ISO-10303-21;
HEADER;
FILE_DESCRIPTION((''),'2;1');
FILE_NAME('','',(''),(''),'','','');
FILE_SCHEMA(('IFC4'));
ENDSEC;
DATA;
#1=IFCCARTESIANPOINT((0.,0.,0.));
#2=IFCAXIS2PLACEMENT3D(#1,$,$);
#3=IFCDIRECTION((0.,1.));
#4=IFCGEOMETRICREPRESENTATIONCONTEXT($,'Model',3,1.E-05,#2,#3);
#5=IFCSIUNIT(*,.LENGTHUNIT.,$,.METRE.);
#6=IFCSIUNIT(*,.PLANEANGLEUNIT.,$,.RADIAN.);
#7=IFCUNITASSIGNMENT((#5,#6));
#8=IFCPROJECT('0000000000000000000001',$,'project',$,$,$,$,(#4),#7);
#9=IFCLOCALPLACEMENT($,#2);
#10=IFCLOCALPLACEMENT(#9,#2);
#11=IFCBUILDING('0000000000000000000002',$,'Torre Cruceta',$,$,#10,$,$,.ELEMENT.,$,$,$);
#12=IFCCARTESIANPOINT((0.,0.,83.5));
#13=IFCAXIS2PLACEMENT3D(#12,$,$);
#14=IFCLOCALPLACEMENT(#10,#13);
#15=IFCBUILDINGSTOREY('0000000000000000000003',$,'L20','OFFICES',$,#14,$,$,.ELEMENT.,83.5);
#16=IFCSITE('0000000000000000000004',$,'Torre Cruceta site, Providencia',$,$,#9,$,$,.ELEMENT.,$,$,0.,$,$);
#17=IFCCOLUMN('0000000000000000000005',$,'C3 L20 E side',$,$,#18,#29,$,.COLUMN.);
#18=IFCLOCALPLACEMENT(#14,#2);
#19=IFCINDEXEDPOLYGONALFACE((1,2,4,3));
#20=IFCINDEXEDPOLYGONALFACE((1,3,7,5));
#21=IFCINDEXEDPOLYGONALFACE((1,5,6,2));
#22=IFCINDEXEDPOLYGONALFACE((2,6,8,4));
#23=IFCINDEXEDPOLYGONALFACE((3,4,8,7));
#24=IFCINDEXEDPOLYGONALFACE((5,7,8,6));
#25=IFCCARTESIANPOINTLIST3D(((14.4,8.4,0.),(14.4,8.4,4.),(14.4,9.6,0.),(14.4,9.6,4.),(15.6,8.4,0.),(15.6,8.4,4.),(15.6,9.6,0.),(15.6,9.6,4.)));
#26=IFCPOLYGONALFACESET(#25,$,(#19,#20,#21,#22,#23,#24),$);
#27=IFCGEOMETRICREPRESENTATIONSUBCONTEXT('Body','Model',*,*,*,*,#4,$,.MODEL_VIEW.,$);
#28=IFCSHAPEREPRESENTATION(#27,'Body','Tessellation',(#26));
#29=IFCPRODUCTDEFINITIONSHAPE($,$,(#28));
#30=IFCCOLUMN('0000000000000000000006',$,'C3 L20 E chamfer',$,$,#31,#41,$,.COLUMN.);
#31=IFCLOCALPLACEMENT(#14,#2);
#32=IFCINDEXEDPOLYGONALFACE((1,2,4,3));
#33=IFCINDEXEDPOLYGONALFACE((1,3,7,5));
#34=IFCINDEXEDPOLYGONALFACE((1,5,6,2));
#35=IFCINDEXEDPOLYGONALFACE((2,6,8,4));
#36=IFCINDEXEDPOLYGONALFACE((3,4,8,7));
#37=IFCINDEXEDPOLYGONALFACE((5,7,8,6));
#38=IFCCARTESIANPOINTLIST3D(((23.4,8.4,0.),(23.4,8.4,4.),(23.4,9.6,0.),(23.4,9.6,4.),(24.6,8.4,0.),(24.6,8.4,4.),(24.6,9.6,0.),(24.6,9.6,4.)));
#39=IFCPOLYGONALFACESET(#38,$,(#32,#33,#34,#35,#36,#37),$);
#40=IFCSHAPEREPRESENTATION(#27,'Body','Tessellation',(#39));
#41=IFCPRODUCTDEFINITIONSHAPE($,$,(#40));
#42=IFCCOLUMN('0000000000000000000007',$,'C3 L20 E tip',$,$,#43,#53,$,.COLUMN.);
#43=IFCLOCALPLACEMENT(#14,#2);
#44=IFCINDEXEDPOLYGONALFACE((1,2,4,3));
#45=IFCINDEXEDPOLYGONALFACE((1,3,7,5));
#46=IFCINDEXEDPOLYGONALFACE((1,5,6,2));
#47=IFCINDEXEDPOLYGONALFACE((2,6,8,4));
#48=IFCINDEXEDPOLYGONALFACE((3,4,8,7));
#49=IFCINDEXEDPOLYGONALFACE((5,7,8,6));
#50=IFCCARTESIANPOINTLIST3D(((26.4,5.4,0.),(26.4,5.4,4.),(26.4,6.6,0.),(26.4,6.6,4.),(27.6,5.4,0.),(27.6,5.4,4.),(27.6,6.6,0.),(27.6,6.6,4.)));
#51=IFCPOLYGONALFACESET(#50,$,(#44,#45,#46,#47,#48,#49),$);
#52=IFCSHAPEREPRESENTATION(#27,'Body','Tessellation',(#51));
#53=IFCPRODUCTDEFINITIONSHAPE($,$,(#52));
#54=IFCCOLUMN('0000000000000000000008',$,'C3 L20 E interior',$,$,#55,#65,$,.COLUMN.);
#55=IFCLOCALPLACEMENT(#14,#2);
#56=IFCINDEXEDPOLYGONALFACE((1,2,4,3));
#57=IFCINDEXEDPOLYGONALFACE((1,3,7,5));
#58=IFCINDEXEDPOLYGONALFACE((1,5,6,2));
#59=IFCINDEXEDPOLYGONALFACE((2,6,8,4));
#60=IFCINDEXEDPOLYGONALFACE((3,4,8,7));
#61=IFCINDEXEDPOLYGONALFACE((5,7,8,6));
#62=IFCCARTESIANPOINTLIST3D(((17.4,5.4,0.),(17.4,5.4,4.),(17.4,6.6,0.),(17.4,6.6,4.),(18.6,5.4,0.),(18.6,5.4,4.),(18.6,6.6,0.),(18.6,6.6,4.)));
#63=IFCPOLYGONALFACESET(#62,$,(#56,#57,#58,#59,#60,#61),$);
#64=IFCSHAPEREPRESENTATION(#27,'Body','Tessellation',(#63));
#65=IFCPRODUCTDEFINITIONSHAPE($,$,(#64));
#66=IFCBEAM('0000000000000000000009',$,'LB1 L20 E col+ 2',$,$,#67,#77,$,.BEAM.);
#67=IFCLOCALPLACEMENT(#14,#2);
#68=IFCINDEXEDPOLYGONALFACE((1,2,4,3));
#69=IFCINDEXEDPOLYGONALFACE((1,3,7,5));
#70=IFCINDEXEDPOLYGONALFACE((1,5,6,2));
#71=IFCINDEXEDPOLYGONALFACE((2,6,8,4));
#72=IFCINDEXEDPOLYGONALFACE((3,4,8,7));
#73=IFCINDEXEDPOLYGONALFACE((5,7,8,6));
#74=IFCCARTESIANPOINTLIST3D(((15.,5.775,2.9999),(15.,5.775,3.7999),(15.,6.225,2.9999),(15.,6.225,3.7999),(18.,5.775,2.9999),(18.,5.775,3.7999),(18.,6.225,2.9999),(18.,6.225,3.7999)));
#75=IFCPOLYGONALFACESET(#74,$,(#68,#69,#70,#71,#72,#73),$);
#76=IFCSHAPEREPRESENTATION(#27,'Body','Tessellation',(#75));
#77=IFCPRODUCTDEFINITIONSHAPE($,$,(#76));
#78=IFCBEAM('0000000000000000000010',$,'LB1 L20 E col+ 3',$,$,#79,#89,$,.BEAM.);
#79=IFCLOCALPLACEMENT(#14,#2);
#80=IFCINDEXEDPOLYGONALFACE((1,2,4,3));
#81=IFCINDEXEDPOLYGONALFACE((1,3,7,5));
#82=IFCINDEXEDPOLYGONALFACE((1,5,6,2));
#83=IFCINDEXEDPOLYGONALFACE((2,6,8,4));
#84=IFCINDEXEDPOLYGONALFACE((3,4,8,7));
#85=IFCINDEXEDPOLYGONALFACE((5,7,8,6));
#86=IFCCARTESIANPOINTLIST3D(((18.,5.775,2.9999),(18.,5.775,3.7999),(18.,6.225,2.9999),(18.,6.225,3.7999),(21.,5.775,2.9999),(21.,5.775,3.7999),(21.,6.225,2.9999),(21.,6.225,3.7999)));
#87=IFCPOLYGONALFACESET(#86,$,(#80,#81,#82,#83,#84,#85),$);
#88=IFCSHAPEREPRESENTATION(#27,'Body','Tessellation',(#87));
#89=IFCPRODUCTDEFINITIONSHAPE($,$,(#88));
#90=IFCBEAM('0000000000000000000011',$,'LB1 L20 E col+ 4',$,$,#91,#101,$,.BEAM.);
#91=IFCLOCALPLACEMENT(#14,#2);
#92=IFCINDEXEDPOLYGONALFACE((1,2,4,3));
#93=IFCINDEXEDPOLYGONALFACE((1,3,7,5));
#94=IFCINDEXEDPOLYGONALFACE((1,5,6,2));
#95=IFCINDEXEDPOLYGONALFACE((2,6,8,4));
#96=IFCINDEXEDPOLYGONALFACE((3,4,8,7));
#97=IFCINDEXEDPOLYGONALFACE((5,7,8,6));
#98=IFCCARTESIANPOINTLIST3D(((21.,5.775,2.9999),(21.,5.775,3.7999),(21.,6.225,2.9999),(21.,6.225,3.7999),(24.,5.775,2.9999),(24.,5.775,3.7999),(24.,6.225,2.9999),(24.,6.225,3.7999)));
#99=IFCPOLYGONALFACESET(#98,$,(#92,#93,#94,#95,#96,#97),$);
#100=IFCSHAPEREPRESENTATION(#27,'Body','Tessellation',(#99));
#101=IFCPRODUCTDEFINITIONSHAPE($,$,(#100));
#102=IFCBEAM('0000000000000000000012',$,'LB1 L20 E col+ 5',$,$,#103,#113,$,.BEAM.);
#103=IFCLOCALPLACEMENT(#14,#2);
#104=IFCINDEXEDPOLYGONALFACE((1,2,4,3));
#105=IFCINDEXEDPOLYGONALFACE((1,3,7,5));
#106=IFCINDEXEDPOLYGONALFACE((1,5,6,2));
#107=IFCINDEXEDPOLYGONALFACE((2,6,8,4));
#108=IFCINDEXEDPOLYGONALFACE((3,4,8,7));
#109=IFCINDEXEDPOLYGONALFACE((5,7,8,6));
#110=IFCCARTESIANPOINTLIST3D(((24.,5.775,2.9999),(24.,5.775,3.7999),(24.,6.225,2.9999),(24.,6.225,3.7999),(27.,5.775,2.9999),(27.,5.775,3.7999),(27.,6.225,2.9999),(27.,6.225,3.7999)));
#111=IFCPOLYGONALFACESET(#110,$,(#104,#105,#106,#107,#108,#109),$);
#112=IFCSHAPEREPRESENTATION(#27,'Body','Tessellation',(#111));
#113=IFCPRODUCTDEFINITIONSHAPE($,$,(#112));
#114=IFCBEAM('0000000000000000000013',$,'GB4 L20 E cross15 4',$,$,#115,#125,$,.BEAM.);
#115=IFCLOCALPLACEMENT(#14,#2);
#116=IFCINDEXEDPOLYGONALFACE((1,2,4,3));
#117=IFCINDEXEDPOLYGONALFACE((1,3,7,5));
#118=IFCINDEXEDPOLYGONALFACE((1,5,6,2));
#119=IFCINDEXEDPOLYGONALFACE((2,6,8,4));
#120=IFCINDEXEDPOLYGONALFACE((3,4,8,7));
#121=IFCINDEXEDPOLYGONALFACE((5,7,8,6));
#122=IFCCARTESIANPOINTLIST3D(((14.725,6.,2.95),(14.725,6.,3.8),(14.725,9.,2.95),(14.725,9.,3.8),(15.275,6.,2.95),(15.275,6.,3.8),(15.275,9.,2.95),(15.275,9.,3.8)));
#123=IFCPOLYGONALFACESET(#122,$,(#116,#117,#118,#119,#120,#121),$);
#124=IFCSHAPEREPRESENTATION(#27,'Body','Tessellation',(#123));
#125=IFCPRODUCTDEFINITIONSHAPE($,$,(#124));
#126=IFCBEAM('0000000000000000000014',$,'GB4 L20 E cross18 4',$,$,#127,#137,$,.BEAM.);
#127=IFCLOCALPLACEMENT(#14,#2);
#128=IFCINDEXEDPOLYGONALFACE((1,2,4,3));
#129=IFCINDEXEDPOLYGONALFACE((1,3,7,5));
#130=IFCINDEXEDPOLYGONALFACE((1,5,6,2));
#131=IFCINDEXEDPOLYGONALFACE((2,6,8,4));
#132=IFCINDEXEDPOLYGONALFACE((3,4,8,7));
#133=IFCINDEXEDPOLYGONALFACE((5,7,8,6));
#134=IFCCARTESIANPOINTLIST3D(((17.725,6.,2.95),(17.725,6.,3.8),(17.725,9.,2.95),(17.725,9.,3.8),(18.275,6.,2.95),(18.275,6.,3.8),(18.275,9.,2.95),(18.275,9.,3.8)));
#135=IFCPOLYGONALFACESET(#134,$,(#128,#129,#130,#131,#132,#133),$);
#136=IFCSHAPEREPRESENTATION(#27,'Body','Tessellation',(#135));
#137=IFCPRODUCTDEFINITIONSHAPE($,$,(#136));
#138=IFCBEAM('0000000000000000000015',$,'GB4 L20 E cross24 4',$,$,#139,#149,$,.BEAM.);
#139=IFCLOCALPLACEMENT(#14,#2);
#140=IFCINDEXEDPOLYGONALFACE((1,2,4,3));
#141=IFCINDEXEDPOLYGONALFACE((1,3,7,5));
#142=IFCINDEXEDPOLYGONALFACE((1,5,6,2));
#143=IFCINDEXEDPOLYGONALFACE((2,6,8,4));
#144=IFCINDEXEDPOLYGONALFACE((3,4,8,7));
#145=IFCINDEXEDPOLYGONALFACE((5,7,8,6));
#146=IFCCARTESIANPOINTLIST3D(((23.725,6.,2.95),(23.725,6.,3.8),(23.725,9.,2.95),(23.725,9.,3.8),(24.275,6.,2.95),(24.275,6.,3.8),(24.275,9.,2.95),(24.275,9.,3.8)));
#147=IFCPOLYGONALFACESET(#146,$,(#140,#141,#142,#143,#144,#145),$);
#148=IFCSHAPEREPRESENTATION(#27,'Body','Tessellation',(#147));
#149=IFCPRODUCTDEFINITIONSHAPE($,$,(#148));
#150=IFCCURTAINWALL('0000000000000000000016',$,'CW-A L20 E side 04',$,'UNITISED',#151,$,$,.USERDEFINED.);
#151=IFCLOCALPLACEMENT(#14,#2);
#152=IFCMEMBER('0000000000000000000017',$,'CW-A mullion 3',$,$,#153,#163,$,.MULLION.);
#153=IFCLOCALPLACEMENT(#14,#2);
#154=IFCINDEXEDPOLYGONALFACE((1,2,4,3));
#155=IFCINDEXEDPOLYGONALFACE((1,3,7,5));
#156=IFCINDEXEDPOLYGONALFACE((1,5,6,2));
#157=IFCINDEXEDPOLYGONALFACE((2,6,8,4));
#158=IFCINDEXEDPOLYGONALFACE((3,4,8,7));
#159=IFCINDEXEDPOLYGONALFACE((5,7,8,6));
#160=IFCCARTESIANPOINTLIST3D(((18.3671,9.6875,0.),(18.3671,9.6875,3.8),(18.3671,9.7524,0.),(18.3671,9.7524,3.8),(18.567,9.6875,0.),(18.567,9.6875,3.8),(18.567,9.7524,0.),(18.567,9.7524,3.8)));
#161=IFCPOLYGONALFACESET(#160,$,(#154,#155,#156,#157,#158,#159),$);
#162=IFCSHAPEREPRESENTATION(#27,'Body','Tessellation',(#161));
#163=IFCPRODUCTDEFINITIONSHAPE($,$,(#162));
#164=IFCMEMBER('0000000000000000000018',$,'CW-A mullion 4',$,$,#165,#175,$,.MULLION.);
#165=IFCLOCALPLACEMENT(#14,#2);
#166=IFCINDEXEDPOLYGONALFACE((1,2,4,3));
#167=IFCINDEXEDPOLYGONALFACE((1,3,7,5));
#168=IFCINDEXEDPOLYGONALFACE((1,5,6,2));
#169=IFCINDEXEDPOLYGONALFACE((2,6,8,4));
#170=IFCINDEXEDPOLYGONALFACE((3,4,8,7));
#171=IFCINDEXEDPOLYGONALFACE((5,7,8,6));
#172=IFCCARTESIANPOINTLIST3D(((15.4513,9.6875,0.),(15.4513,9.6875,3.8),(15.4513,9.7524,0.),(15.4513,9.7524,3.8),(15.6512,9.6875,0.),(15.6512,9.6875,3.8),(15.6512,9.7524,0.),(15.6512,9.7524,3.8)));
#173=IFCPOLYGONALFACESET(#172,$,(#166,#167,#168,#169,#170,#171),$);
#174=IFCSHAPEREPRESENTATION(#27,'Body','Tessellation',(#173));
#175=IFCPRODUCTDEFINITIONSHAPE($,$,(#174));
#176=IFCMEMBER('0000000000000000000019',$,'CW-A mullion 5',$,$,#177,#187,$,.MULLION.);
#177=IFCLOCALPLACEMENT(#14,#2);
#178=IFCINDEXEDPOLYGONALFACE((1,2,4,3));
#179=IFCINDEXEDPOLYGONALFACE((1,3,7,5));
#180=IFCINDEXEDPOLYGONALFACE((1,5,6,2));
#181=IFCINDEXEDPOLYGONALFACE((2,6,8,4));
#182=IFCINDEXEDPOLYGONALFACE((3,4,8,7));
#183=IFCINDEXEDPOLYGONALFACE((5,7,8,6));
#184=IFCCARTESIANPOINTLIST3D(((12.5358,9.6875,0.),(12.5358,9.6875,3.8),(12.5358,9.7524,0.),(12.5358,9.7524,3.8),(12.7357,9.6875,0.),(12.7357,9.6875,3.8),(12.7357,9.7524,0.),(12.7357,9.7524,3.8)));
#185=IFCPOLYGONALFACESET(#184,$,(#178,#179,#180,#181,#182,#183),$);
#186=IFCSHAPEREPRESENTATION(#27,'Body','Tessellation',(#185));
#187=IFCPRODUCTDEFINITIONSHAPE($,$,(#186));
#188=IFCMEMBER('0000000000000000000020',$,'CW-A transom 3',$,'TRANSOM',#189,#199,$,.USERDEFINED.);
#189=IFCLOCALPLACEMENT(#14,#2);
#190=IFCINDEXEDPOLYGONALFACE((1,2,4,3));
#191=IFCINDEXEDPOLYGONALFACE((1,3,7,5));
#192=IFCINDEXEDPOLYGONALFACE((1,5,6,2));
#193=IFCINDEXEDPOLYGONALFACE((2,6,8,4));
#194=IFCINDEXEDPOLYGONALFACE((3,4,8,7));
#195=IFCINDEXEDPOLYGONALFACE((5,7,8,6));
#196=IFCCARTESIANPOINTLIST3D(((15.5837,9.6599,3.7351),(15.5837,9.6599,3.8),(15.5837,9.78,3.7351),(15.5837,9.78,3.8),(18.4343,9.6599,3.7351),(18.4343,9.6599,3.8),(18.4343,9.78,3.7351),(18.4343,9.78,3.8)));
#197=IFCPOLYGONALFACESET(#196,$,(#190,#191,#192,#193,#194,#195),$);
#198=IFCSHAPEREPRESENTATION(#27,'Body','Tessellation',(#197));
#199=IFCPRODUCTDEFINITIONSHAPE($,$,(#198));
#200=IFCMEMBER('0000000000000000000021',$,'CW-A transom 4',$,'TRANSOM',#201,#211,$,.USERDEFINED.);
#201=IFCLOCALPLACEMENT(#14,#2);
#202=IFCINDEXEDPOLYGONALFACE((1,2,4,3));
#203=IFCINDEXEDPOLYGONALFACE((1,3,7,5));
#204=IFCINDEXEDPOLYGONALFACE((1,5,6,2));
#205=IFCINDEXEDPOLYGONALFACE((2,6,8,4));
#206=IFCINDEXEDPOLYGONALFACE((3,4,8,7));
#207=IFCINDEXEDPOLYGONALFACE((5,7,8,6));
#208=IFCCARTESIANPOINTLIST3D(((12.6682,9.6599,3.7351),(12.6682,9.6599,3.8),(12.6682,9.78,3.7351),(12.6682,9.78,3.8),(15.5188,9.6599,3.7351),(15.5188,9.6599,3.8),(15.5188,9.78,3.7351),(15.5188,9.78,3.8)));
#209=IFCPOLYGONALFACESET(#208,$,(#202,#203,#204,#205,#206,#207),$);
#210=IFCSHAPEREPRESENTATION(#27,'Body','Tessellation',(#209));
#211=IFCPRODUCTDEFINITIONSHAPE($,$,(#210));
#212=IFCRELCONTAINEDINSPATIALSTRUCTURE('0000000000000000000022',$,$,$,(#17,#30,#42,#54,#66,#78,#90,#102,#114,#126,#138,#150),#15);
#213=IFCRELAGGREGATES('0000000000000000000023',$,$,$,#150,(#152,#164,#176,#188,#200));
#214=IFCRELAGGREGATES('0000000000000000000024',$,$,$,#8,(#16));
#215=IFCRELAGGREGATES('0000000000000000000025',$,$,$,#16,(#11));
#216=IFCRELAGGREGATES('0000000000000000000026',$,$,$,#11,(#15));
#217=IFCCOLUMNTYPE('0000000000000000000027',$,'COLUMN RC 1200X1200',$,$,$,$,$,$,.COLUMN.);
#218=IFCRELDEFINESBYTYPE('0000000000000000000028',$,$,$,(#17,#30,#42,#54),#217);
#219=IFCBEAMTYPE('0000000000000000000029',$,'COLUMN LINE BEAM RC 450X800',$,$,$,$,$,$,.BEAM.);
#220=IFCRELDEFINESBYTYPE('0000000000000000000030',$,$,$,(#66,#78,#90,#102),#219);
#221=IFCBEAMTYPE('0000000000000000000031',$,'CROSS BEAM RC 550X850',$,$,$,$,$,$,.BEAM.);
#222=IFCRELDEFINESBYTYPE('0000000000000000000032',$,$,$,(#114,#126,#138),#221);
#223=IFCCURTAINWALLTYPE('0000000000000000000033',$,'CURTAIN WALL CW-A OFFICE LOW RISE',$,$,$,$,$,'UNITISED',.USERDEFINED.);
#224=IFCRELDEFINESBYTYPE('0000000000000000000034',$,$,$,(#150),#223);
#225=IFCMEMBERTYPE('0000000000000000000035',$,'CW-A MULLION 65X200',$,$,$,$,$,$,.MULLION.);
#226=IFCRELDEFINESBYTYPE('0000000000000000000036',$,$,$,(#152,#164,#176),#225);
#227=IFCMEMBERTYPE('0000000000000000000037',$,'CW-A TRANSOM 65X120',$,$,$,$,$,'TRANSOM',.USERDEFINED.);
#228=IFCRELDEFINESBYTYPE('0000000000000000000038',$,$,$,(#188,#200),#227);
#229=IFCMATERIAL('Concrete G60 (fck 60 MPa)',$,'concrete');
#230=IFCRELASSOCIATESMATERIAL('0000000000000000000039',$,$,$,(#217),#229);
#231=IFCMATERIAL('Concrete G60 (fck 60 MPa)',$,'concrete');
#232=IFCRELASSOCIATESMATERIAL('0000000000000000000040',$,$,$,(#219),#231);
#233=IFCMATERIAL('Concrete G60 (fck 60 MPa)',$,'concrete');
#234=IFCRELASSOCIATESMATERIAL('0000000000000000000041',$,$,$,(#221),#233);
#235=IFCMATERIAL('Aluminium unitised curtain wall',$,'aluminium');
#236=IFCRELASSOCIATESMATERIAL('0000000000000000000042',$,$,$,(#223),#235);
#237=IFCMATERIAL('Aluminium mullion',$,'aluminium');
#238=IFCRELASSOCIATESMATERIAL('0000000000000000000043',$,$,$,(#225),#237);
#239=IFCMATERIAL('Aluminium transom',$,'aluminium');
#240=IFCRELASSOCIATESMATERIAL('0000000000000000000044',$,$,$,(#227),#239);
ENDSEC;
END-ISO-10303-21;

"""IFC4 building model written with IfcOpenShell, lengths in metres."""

from ifc_helpers import new_model, si_unit, direction, frame, origin, origin_2d, place, context, subcontext, project, spatial, rectangle, extrude, material, material_profile, profile_set, type_object, element, aggregate, save


model = new_model("IFC4")

# Units and contexts
model_context = context("Model", 3, precision=1e-05, world=origin(), true_north=direction((0.0, 1.0)))
body_context = subcontext(model_context, "Body", "Model", "MODEL_VIEW")
ifc_project = project(units=[si_unit("LENGTHUNIT", "METRE"), si_unit("PLANEANGLEUNIT", "RADIAN")], contexts=[model_context])

# Site, building, storey
site_placement = place(None, origin())
site = spatial("IfcSite", under=ifc_project, at=site_placement, Name="Torre Cruceta site, Providencia", CompositionType="ELEMENT", RefElevation=0.0)
building_placement = place(site_placement, origin())
building = spatial("IfcBuilding", under=site, at=building_placement, Name="Torre Cruceta", CompositionType="ELEMENT")
storey_placement = place(building_placement, frame((0.0, 0.0, 83.5)))
storey = spatial("IfcBuildingStorey", under=building, at=storey_placement, Name="L20", Description="OFFICES", CompositionType="ELEMENT", Elevation=83.5)

# Columns
ifc_material_1 = material(Name="Concrete G60 (fck 60 MPa)", Category="concrete")
ifc_material_profile_1 = material_profile(ifc_material_1, rectangle(XDim=1.2, YDim=1.2, at=origin_2d()), Name="RC 1200X1200")
ifc_profile_set_1 = profile_set([ifc_material_profile_1], Name="Concrete G60 (fck 60 MPa)")
column_type = type_object("IfcColumnType", Name="COLUMN RC 1200X1200", PredefinedType="COLUMN", material=ifc_profile_set_1)
for number, where, z_axis, x_axis, name in (
    (1, (15.0, 9.0, 0.0), (0.0, 0.0, 1.0), (1.0, 0.0, 0.0), "C3 L20 E side"),
    (2, (24.0, 9.0, 0.0), (0.0, 0.0, 1.0), (1.0, 0.0, 0.0), "C3 L20 E chamfer"),
    (3, (27.0, 6.0, 0.0), (0.0, 0.0, 1.0), (1.0, 0.0, 0.0), "C3 L20 E tip"),
    (4, (18.0, 6.0, 0.0), (0.0, 0.0, 1.0), (1.0, 0.0, 0.0), "C3 L20 E interior"),
):
    element("IfcColumn", number, at=place(storey_placement, frame(where, z_axis=z_axis, x_axis=x_axis)), inside=storey, type_object=column_type, Name=name, PredefinedType="COLUMN", context=body_context, shape_type="SweptSolid", body=[
        extrude(rectangle(XDim=1.2, YDim=1.2, at=origin_2d()), origin(), (0.0, 0.0, 1.0), 4.0),
    ])

# Beams
ifc_material_2 = material(Name="Concrete G60 (fck 60 MPa)", Category="concrete")
ifc_material_profile_2 = material_profile(ifc_material_2, rectangle(XDim=0.45, YDim=0.8, at=origin_2d()), Name="RC 450X800")
ifc_profile_set_2 = profile_set([ifc_material_profile_2], Name="Concrete G60 (fck 60 MPa)")
beam_type_1 = type_object("IfcBeamType", Name="COLUMN LINE BEAM RC 450X800", PredefinedType="BEAM", material=ifc_profile_set_2)
for number, where, z_axis, x_axis, name in (
    (5, (15.0, 6.0, 3.3999), (1.0, 0.0, 0.0), (0.0, 1.0, 0.0), "LB1 L20 E col+ 2"),
    (6, (18.0, 6.0, 3.3999), (1.0, 0.0, 0.0), (0.0, 1.0, 0.0), "LB1 L20 E col+ 3"),
    (7, (21.0, 6.0, 3.3999), (1.0, 0.0, 0.0), (0.0, 1.0, 0.0), "LB1 L20 E col+ 4"),
    (8, (24.0, 6.0, 3.3999), (1.0, 0.0, 0.0), (0.0, 1.0, 0.0), "LB1 L20 E col+ 5"),
):
    element("IfcBeam", number, at=place(storey_placement, frame(where, z_axis=z_axis, x_axis=x_axis)), inside=storey, type_object=beam_type_1, Name=name, PredefinedType="BEAM", context=body_context, shape_type="SweptSolid", body=[
        extrude(rectangle(XDim=0.45, YDim=0.8, at=origin_2d()), origin(), (0.0, 0.0, 1.0), 3.0),
    ])
ifc_material_3 = material(Name="Concrete G60 (fck 60 MPa)", Category="concrete")
ifc_material_profile_3 = material_profile(ifc_material_3, rectangle(XDim=0.55, YDim=0.8501, at=origin_2d()), Name="RC 550X850")
ifc_profile_set_3 = profile_set([ifc_material_profile_3], Name="Concrete G60 (fck 60 MPa)")
beam_type_2 = type_object("IfcBeamType", Name="CROSS BEAM RC 550X850", PredefinedType="BEAM", material=ifc_profile_set_3)
for number, where, z_axis, x_axis, name in (
    (9, (15.0, 6.0, 3.375), (0.0, 1.0, 0.0), (-1.0, 0.0, 0.0), "GB4 L20 E cross15 4"),
    (10, (18.0, 6.0, 3.375), (0.0, 1.0, 0.0), (-1.0, 0.0, 0.0), "GB4 L20 E cross18 4"),
    (11, (24.0, 6.0, 3.375), (0.0, 1.0, 0.0), (-1.0, 0.0, 0.0), "GB4 L20 E cross24 4"),
):
    element("IfcBeam", number, at=place(storey_placement, frame(where, z_axis=z_axis, x_axis=x_axis)), inside=storey, type_object=beam_type_2, Name=name, PredefinedType="BEAM", context=body_context, shape_type="SweptSolid", body=[
        extrude(rectangle(XDim=0.55, YDim=0.8501, at=origin_2d()), origin(), (0.0, 0.0, 1.0), 3.0),
    ])

# Curtain wall, members
ifc_material_4 = material(Name="Aluminium unitised curtain wall", Category="aluminium")
curtain_wall_type = type_object("IfcCurtainWallType", Name="CURTAIN WALL CW-A OFFICE LOW RISE", ElementType="UNITISED", PredefinedType="USERDEFINED", material=ifc_material_4)
curtain_wall_placement = place(storey_placement, origin())
curtain_wall = element("IfcCurtainWall", 12, at=curtain_wall_placement, inside=storey, type_object=curtain_wall_type, Name="CW-A L20 E side 04", ObjectType="UNITISED", PredefinedType="USERDEFINED")
ifc_material_5 = material(Name="Aluminium mullion", Category="aluminium")
ifc_material_profile_4 = material_profile(ifc_material_5, rectangle(XDim=0.0649, YDim=0.2, at=origin_2d()), Name="AL 65X200")
ifc_profile_set_4 = profile_set([ifc_material_profile_4], Name="Aluminium mullion")
member_type_1 = type_object("IfcMemberType", Name="CW-A MULLION 65X200", PredefinedType="MULLION", material=ifc_profile_set_4)
member_1_placement = place(storey_placement, frame((18.467, 9.72, 0.0), z_axis=(0.0, 0.0, 1.0), x_axis=(0.0, -1.0, 0.0)))
member_1 = element("IfcMember", 13, at=member_1_placement, type_object=member_type_1, Name="CW-A mullion 3", PredefinedType="MULLION", context=body_context, shape_type="SweptSolid", body=[
    extrude(rectangle(XDim=0.0649, YDim=0.2, at=origin_2d()), origin(), (0.0, 0.0, 1.0), 3.8),
])
member_2_placement = place(storey_placement, frame((15.5513, 9.72, 0.0), z_axis=(0.0, 0.0, 1.0), x_axis=(0.0, -1.0, 0.0)))
member_2 = element("IfcMember", 14, at=member_2_placement, type_object=member_type_1, Name="CW-A mullion 4", PredefinedType="MULLION", context=body_context, shape_type="SweptSolid", body=[
    extrude(rectangle(XDim=0.0649, YDim=0.2, at=origin_2d()), origin(), (0.0, 0.0, 1.0), 3.8),
])
member_3_placement = place(storey_placement, frame((12.6357, 9.72, 0.0), z_axis=(0.0, 0.0, 1.0), x_axis=(0.0, -1.0, 0.0)))
member_3 = element("IfcMember", 15, at=member_3_placement, type_object=member_type_1, Name="CW-A mullion 5", PredefinedType="MULLION", context=body_context, shape_type="SweptSolid", body=[
    extrude(rectangle(XDim=0.0649, YDim=0.2, at=origin_2d()), origin(), (0.0, 0.0, 1.0), 3.8),
])
ifc_material_6 = material(Name="Aluminium transom", Category="aluminium")
ifc_material_profile_5 = material_profile(ifc_material_6, rectangle(XDim=0.1201, YDim=0.0649, at=origin_2d()), Name="AL 120X65")
ifc_profile_set_5 = profile_set([ifc_material_profile_5], Name="Aluminium transom")
member_type_2 = type_object("IfcMemberType", Name="CW-A TRANSOM 65X120", ElementType="TRANSOM", PredefinedType="USERDEFINED", material=ifc_profile_set_5)
member_4_placement = place(storey_placement, frame((18.4343, 9.72, 3.7676), z_axis=(-1.0, 0.0, 0.0), x_axis=(0.0, -1.0, 0.0)))
member_4 = element("IfcMember", 16, at=member_4_placement, type_object=member_type_2, Name="CW-A transom 3", ObjectType="TRANSOM", PredefinedType="USERDEFINED", context=body_context, shape_type="SweptSolid", body=[
    extrude(rectangle(XDim=0.1201, YDim=0.0649, at=origin_2d()), origin(), (0.0, 0.0, 1.0), 2.8506),
])
member_5_placement = place(storey_placement, frame((15.5188, 9.72, 3.7676), z_axis=(-1.0, 0.0, 0.0), x_axis=(0.0, -1.0, 0.0)))
member_5 = element("IfcMember", 17, at=member_5_placement, type_object=member_type_2, Name="CW-A transom 4", ObjectType="TRANSOM", PredefinedType="USERDEFINED", context=body_context, shape_type="SweptSolid", body=[
    extrude(rectangle(XDim=0.1201, YDim=0.0649, at=origin_2d()), origin(), (0.0, 0.0, 1.0), 2.8506),
])

aggregate(curtain_wall, [member_1, member_2, member_3, member_4, member_5])

save(model, "model.ifc")
